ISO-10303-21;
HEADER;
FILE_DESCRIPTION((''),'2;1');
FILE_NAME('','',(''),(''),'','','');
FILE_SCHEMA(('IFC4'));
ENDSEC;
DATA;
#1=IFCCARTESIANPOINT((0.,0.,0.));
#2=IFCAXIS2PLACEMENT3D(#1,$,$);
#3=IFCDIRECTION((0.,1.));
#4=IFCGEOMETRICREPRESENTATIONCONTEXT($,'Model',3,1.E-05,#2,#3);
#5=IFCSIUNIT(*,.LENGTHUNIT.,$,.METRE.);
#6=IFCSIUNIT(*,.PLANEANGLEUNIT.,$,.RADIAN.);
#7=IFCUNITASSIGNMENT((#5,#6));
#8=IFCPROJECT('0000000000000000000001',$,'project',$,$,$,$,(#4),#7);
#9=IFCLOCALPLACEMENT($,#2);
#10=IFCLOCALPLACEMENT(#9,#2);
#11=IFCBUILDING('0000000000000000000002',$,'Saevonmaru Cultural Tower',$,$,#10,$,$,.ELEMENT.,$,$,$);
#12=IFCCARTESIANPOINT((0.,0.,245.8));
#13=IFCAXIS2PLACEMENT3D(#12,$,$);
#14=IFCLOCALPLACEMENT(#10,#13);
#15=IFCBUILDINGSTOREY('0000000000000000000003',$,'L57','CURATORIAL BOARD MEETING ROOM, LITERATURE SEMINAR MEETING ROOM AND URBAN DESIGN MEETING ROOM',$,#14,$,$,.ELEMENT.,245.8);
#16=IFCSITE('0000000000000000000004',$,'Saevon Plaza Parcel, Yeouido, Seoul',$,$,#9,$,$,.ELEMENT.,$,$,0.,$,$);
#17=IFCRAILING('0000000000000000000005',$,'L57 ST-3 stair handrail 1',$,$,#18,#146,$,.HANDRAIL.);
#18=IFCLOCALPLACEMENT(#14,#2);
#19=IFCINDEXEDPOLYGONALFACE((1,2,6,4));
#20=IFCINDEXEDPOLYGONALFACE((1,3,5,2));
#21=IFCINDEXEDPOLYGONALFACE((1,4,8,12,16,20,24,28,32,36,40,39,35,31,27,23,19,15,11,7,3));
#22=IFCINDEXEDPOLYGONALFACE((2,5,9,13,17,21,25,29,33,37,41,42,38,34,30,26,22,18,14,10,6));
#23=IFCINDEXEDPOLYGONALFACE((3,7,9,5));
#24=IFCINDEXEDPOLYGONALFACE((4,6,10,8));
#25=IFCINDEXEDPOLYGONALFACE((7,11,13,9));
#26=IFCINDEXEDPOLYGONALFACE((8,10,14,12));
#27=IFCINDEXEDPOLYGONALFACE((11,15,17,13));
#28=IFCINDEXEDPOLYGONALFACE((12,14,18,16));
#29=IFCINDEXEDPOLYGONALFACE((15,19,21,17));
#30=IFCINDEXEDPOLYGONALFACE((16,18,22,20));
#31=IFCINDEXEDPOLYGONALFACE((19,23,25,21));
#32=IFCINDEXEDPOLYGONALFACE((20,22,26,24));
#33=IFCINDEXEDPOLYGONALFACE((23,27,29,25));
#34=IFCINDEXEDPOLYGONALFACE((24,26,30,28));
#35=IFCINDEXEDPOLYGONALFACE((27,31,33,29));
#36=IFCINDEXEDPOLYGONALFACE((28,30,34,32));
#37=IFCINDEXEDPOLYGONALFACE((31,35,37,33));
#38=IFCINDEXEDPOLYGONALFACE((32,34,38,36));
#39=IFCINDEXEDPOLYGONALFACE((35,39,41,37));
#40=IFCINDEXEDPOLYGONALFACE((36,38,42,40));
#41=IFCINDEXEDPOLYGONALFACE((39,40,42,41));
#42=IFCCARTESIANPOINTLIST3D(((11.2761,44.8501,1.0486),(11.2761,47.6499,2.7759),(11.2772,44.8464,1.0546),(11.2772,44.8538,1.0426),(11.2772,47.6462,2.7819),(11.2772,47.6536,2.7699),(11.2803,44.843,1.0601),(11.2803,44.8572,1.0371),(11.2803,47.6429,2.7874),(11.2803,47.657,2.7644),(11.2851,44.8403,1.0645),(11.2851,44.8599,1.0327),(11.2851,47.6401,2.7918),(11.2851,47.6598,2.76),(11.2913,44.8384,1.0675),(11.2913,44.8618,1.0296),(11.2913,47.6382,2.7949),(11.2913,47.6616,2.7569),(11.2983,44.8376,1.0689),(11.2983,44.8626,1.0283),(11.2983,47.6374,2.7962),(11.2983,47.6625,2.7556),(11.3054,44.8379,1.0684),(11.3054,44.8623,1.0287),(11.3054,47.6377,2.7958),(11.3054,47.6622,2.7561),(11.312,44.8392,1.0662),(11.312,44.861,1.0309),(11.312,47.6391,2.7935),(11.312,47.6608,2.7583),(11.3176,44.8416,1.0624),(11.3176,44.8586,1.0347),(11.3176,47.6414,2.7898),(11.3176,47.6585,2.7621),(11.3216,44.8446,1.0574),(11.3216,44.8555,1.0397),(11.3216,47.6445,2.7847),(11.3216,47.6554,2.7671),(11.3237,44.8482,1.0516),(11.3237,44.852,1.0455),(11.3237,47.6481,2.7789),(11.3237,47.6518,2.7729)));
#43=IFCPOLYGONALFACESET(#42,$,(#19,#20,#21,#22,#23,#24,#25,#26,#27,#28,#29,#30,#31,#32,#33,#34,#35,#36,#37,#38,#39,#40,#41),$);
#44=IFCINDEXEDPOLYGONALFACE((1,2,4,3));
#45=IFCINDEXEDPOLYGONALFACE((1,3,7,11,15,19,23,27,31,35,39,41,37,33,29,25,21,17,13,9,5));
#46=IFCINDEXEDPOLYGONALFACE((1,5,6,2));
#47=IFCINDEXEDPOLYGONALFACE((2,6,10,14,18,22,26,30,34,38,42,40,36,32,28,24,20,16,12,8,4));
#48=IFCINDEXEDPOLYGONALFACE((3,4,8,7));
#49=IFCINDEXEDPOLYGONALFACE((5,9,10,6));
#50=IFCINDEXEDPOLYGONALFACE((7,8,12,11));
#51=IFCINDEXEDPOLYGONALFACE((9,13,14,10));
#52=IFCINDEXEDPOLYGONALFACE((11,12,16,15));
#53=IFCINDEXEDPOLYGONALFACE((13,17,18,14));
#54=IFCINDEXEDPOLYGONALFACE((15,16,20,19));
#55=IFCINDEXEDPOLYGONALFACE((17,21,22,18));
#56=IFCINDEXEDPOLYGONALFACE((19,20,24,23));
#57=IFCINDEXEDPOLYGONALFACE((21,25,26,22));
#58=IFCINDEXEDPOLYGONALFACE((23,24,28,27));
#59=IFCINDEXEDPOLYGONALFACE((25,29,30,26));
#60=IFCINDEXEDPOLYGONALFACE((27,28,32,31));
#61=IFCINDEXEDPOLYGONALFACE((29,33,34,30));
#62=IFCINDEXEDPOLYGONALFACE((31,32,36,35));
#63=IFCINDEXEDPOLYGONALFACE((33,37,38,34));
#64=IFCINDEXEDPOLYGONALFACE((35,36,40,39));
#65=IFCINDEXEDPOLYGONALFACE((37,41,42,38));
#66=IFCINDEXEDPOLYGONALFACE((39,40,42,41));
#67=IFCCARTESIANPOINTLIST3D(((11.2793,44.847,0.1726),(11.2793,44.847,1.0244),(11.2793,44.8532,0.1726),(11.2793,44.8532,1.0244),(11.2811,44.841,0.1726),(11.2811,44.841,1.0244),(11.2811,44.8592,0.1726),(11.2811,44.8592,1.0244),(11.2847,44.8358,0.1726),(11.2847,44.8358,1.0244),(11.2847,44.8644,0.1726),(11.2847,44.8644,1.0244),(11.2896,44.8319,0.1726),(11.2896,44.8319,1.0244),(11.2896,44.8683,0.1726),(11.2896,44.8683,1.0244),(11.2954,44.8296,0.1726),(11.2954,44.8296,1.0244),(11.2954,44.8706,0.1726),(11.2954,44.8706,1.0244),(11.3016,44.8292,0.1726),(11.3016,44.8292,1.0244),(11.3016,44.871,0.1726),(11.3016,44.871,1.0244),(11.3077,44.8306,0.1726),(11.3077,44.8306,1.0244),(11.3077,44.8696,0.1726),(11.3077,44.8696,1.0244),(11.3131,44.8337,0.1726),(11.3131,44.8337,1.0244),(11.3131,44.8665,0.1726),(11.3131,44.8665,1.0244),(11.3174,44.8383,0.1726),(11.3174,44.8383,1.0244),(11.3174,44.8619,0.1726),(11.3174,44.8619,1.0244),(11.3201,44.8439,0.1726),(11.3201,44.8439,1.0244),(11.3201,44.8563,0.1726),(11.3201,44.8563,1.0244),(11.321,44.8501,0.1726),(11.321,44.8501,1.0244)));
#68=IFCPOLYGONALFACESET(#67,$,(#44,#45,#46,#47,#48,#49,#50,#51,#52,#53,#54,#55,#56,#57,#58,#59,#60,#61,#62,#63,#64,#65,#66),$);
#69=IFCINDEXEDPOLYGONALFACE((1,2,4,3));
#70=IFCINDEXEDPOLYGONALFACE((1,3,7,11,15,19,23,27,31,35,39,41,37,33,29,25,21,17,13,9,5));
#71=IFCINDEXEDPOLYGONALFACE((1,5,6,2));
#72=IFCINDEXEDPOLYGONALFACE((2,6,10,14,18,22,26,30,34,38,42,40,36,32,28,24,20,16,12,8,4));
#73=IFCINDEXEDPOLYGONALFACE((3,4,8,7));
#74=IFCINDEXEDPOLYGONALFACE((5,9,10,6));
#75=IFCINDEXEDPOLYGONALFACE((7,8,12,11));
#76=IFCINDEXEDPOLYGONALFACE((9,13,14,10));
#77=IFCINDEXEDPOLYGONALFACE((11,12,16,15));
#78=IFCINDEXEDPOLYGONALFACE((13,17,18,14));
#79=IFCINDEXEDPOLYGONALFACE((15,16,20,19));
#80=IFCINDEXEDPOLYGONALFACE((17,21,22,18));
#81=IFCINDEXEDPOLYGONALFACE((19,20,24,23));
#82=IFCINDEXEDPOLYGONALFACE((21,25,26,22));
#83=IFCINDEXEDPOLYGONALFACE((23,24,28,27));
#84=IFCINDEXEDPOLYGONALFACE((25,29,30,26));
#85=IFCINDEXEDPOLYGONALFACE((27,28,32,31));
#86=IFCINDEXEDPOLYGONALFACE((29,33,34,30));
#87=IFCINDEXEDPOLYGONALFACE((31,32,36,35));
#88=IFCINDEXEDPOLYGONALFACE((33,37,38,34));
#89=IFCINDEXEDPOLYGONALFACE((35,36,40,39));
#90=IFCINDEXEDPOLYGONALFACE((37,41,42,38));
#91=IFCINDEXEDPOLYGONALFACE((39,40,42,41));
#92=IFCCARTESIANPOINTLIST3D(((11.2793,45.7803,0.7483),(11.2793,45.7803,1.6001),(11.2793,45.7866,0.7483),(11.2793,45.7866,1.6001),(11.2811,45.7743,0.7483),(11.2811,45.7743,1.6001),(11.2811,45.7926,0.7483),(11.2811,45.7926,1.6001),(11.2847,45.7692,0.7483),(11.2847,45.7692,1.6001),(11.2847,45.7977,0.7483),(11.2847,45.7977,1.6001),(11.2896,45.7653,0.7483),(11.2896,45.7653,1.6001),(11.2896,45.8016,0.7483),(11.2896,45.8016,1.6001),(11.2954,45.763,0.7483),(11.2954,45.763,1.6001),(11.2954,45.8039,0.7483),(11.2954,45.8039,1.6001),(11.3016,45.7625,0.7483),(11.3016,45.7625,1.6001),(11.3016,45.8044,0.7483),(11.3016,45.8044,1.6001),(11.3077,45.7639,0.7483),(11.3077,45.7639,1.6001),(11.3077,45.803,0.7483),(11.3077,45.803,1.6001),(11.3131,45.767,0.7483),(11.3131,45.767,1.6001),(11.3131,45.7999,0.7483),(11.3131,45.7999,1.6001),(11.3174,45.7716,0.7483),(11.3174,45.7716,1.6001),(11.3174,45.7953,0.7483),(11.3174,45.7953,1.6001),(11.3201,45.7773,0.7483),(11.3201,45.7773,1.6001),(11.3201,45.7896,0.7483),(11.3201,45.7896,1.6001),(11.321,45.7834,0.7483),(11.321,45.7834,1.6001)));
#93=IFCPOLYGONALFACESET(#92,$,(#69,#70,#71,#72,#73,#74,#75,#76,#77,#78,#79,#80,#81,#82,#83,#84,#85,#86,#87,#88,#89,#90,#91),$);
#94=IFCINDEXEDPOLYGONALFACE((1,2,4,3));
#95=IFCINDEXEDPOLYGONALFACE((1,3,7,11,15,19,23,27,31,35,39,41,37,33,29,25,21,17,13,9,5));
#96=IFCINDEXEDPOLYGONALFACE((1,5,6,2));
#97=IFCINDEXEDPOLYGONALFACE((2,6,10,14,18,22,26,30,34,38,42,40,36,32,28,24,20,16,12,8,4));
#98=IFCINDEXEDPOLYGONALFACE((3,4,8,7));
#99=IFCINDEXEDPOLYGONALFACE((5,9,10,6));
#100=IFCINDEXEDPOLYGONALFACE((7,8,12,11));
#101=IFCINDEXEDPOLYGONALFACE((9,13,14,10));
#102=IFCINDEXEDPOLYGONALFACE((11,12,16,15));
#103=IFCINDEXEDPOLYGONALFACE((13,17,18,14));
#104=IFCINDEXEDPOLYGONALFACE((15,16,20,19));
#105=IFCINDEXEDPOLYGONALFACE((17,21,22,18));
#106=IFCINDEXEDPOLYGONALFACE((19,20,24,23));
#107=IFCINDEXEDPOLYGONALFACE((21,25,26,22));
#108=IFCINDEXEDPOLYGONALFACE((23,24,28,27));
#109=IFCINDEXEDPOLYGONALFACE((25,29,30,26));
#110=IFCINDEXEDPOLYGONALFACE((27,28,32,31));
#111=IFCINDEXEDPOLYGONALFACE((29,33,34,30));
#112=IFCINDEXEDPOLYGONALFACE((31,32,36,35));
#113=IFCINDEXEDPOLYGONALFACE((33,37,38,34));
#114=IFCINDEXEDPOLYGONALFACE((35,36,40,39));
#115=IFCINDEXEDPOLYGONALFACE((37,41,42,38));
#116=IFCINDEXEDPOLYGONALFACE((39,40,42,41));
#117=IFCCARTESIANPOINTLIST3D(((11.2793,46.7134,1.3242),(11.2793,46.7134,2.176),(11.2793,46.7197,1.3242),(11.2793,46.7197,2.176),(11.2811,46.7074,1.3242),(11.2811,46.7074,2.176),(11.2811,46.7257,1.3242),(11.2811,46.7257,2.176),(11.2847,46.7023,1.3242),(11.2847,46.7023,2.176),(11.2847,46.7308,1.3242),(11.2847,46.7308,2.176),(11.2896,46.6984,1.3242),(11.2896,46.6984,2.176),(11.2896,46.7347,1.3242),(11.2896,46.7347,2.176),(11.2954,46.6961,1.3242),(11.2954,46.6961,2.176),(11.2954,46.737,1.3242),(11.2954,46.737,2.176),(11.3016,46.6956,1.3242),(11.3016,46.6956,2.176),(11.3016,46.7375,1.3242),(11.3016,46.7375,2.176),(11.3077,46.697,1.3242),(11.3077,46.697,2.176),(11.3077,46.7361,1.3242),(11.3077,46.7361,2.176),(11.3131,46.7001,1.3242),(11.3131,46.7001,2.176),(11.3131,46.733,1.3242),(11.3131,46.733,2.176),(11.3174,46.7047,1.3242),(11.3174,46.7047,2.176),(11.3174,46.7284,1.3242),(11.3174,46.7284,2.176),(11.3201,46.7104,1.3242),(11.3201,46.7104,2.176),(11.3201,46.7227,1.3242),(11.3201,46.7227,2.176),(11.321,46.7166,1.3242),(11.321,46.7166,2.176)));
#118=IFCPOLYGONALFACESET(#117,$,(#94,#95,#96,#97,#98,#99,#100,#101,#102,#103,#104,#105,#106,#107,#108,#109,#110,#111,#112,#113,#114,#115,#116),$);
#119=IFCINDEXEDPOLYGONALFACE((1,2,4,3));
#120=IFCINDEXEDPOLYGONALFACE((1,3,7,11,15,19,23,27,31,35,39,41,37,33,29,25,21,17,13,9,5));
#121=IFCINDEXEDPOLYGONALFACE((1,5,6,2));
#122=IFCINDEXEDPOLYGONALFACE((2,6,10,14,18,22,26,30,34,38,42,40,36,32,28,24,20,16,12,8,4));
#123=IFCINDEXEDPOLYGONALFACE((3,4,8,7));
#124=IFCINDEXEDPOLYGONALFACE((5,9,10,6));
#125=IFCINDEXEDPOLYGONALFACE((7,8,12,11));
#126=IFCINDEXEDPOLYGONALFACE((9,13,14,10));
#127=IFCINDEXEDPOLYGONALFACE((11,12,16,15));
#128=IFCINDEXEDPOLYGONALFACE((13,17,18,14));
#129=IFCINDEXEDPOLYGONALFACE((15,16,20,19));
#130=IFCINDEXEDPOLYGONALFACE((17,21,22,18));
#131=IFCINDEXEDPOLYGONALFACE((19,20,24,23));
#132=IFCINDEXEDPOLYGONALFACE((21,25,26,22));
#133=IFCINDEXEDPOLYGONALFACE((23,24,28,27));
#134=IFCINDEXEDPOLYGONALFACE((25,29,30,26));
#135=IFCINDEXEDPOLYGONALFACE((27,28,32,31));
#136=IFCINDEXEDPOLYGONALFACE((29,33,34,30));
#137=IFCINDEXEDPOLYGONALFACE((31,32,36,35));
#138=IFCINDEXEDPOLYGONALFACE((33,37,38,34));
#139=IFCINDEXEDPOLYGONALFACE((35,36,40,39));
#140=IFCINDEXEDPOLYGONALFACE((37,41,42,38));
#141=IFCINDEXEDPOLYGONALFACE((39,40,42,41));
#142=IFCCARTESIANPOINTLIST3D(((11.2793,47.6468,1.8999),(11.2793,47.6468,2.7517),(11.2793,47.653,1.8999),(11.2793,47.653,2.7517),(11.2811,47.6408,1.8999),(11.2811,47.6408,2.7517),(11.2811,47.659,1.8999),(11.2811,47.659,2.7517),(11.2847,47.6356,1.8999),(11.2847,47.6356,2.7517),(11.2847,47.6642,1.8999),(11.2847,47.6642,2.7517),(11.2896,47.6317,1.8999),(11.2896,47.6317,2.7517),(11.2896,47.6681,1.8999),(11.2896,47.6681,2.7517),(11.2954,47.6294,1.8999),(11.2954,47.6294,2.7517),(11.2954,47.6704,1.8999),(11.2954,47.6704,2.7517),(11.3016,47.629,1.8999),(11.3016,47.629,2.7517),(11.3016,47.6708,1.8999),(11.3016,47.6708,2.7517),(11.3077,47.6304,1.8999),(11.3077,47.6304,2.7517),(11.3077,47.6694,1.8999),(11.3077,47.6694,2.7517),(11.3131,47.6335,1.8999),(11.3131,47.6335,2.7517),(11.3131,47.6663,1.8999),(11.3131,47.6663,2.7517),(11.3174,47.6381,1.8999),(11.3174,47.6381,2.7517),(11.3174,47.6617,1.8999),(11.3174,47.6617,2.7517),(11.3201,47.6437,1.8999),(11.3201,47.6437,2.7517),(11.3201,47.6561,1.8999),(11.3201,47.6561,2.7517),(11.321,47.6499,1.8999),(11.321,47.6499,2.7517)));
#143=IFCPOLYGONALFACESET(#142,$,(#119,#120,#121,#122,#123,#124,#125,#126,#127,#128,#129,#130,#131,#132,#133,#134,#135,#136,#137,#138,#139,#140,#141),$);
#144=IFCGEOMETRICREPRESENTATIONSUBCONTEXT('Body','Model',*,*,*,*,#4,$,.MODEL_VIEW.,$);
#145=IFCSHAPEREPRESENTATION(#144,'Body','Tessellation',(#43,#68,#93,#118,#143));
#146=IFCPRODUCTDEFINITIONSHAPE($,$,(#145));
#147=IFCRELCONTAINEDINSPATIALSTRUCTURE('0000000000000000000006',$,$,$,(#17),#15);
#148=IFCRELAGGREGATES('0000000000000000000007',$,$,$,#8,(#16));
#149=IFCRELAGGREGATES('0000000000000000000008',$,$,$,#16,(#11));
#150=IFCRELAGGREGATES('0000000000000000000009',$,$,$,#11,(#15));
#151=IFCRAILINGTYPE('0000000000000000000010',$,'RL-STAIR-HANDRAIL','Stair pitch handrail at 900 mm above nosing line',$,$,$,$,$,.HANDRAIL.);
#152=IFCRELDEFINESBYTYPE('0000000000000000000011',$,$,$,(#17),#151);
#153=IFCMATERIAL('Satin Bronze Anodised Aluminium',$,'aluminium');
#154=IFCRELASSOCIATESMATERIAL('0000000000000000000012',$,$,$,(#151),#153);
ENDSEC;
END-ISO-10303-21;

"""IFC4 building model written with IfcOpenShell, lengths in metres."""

from ifc_helpers import new_model, si_unit, direction, frame, origin, origin_2d, place, context, subcontext, project, spatial, circle, extrude, material, type_object, element, save


model = new_model("IFC4")

# Units and contexts
model_context = context("Model", 3, precision=1e-05, world=origin(), true_north=direction((0.0, 1.0)))
body_context = subcontext(model_context, "Body", "Model", "MODEL_VIEW")
ifc_project = project(units=[si_unit("LENGTHUNIT", "METRE"), si_unit("PLANEANGLEUNIT", "RADIAN")], contexts=[model_context])

# Site, building, storey
site_placement = place(None, origin())
site = spatial("IfcSite", under=ifc_project, at=site_placement, Name="Saevon Plaza Parcel, Yeouido, Seoul", CompositionType="ELEMENT", RefElevation=0.0)
building_placement = place(site_placement, origin())
building = spatial("IfcBuilding", under=site, at=building_placement, Name="Saevonmaru Cultural Tower", CompositionType="ELEMENT")
storey_placement = place(building_placement, frame((0.0, 0.0, 245.8)))
storey = spatial("IfcBuildingStorey", under=building, at=storey_placement, Name="L57", Description="CURATORIAL BOARD MEETING ROOM, LITERATURE SEMINAR MEETING ROOM AND URBAN DESIGN MEETING ROOM", CompositionType="ELEMENT", Elevation=245.8)

# Shared definitions
ifc_material_1 = material(Name="Satin Bronze Anodised Aluminium", Category="aluminium")

# Railing
railing_type_1 = type_object("IfcRailingType", Name="RL-STAIR-HANDRAIL", Description="Stair pitch handrail at 900 mm above nosing line", PredefinedType="HANDRAIL", material=ifc_material_1)
railing_1_placement = place(storey_placement, frame((11.3, 44.8501, 0.1726)))
element("IfcRailing", 1, at=railing_1_placement, inside=storey, type_object=railing_type_1, Name="L57 ST-3 stair handrail 1", PredefinedType="HANDRAIL", context=body_context, shape_type="SweptSolid", body=[
    extrude(circle(Radius=0.0239, at=origin_2d()), frame((0.0, 0.0, 0.876), z_axis=(0.0, 0.851069, 0.525054), x_axis=(-1.0, 0.0, 0.0)), (0.0, 0.0, 1.0), 3.2898),
    extrude(circle(Radius=0.021, at=origin_2d()), origin(), (0.0, 0.0, 1.0), 0.8518),
    extrude(circle(Radius=0.021, at=origin_2d()), frame((0.0, 0.9333, 0.5757)), (0.0, 0.0, 1.0), 0.8518),
    extrude(circle(Radius=0.021, at=origin_2d()), frame((0.0, 1.8665, 1.1516)), (0.0, 0.0, 1.0), 0.8518),
    extrude(circle(Radius=0.021, at=origin_2d()), frame((0.0, 2.7998, 1.7273)), (0.0, 0.0, 1.0), 0.8518),
])

save(model, "model.ifc")
